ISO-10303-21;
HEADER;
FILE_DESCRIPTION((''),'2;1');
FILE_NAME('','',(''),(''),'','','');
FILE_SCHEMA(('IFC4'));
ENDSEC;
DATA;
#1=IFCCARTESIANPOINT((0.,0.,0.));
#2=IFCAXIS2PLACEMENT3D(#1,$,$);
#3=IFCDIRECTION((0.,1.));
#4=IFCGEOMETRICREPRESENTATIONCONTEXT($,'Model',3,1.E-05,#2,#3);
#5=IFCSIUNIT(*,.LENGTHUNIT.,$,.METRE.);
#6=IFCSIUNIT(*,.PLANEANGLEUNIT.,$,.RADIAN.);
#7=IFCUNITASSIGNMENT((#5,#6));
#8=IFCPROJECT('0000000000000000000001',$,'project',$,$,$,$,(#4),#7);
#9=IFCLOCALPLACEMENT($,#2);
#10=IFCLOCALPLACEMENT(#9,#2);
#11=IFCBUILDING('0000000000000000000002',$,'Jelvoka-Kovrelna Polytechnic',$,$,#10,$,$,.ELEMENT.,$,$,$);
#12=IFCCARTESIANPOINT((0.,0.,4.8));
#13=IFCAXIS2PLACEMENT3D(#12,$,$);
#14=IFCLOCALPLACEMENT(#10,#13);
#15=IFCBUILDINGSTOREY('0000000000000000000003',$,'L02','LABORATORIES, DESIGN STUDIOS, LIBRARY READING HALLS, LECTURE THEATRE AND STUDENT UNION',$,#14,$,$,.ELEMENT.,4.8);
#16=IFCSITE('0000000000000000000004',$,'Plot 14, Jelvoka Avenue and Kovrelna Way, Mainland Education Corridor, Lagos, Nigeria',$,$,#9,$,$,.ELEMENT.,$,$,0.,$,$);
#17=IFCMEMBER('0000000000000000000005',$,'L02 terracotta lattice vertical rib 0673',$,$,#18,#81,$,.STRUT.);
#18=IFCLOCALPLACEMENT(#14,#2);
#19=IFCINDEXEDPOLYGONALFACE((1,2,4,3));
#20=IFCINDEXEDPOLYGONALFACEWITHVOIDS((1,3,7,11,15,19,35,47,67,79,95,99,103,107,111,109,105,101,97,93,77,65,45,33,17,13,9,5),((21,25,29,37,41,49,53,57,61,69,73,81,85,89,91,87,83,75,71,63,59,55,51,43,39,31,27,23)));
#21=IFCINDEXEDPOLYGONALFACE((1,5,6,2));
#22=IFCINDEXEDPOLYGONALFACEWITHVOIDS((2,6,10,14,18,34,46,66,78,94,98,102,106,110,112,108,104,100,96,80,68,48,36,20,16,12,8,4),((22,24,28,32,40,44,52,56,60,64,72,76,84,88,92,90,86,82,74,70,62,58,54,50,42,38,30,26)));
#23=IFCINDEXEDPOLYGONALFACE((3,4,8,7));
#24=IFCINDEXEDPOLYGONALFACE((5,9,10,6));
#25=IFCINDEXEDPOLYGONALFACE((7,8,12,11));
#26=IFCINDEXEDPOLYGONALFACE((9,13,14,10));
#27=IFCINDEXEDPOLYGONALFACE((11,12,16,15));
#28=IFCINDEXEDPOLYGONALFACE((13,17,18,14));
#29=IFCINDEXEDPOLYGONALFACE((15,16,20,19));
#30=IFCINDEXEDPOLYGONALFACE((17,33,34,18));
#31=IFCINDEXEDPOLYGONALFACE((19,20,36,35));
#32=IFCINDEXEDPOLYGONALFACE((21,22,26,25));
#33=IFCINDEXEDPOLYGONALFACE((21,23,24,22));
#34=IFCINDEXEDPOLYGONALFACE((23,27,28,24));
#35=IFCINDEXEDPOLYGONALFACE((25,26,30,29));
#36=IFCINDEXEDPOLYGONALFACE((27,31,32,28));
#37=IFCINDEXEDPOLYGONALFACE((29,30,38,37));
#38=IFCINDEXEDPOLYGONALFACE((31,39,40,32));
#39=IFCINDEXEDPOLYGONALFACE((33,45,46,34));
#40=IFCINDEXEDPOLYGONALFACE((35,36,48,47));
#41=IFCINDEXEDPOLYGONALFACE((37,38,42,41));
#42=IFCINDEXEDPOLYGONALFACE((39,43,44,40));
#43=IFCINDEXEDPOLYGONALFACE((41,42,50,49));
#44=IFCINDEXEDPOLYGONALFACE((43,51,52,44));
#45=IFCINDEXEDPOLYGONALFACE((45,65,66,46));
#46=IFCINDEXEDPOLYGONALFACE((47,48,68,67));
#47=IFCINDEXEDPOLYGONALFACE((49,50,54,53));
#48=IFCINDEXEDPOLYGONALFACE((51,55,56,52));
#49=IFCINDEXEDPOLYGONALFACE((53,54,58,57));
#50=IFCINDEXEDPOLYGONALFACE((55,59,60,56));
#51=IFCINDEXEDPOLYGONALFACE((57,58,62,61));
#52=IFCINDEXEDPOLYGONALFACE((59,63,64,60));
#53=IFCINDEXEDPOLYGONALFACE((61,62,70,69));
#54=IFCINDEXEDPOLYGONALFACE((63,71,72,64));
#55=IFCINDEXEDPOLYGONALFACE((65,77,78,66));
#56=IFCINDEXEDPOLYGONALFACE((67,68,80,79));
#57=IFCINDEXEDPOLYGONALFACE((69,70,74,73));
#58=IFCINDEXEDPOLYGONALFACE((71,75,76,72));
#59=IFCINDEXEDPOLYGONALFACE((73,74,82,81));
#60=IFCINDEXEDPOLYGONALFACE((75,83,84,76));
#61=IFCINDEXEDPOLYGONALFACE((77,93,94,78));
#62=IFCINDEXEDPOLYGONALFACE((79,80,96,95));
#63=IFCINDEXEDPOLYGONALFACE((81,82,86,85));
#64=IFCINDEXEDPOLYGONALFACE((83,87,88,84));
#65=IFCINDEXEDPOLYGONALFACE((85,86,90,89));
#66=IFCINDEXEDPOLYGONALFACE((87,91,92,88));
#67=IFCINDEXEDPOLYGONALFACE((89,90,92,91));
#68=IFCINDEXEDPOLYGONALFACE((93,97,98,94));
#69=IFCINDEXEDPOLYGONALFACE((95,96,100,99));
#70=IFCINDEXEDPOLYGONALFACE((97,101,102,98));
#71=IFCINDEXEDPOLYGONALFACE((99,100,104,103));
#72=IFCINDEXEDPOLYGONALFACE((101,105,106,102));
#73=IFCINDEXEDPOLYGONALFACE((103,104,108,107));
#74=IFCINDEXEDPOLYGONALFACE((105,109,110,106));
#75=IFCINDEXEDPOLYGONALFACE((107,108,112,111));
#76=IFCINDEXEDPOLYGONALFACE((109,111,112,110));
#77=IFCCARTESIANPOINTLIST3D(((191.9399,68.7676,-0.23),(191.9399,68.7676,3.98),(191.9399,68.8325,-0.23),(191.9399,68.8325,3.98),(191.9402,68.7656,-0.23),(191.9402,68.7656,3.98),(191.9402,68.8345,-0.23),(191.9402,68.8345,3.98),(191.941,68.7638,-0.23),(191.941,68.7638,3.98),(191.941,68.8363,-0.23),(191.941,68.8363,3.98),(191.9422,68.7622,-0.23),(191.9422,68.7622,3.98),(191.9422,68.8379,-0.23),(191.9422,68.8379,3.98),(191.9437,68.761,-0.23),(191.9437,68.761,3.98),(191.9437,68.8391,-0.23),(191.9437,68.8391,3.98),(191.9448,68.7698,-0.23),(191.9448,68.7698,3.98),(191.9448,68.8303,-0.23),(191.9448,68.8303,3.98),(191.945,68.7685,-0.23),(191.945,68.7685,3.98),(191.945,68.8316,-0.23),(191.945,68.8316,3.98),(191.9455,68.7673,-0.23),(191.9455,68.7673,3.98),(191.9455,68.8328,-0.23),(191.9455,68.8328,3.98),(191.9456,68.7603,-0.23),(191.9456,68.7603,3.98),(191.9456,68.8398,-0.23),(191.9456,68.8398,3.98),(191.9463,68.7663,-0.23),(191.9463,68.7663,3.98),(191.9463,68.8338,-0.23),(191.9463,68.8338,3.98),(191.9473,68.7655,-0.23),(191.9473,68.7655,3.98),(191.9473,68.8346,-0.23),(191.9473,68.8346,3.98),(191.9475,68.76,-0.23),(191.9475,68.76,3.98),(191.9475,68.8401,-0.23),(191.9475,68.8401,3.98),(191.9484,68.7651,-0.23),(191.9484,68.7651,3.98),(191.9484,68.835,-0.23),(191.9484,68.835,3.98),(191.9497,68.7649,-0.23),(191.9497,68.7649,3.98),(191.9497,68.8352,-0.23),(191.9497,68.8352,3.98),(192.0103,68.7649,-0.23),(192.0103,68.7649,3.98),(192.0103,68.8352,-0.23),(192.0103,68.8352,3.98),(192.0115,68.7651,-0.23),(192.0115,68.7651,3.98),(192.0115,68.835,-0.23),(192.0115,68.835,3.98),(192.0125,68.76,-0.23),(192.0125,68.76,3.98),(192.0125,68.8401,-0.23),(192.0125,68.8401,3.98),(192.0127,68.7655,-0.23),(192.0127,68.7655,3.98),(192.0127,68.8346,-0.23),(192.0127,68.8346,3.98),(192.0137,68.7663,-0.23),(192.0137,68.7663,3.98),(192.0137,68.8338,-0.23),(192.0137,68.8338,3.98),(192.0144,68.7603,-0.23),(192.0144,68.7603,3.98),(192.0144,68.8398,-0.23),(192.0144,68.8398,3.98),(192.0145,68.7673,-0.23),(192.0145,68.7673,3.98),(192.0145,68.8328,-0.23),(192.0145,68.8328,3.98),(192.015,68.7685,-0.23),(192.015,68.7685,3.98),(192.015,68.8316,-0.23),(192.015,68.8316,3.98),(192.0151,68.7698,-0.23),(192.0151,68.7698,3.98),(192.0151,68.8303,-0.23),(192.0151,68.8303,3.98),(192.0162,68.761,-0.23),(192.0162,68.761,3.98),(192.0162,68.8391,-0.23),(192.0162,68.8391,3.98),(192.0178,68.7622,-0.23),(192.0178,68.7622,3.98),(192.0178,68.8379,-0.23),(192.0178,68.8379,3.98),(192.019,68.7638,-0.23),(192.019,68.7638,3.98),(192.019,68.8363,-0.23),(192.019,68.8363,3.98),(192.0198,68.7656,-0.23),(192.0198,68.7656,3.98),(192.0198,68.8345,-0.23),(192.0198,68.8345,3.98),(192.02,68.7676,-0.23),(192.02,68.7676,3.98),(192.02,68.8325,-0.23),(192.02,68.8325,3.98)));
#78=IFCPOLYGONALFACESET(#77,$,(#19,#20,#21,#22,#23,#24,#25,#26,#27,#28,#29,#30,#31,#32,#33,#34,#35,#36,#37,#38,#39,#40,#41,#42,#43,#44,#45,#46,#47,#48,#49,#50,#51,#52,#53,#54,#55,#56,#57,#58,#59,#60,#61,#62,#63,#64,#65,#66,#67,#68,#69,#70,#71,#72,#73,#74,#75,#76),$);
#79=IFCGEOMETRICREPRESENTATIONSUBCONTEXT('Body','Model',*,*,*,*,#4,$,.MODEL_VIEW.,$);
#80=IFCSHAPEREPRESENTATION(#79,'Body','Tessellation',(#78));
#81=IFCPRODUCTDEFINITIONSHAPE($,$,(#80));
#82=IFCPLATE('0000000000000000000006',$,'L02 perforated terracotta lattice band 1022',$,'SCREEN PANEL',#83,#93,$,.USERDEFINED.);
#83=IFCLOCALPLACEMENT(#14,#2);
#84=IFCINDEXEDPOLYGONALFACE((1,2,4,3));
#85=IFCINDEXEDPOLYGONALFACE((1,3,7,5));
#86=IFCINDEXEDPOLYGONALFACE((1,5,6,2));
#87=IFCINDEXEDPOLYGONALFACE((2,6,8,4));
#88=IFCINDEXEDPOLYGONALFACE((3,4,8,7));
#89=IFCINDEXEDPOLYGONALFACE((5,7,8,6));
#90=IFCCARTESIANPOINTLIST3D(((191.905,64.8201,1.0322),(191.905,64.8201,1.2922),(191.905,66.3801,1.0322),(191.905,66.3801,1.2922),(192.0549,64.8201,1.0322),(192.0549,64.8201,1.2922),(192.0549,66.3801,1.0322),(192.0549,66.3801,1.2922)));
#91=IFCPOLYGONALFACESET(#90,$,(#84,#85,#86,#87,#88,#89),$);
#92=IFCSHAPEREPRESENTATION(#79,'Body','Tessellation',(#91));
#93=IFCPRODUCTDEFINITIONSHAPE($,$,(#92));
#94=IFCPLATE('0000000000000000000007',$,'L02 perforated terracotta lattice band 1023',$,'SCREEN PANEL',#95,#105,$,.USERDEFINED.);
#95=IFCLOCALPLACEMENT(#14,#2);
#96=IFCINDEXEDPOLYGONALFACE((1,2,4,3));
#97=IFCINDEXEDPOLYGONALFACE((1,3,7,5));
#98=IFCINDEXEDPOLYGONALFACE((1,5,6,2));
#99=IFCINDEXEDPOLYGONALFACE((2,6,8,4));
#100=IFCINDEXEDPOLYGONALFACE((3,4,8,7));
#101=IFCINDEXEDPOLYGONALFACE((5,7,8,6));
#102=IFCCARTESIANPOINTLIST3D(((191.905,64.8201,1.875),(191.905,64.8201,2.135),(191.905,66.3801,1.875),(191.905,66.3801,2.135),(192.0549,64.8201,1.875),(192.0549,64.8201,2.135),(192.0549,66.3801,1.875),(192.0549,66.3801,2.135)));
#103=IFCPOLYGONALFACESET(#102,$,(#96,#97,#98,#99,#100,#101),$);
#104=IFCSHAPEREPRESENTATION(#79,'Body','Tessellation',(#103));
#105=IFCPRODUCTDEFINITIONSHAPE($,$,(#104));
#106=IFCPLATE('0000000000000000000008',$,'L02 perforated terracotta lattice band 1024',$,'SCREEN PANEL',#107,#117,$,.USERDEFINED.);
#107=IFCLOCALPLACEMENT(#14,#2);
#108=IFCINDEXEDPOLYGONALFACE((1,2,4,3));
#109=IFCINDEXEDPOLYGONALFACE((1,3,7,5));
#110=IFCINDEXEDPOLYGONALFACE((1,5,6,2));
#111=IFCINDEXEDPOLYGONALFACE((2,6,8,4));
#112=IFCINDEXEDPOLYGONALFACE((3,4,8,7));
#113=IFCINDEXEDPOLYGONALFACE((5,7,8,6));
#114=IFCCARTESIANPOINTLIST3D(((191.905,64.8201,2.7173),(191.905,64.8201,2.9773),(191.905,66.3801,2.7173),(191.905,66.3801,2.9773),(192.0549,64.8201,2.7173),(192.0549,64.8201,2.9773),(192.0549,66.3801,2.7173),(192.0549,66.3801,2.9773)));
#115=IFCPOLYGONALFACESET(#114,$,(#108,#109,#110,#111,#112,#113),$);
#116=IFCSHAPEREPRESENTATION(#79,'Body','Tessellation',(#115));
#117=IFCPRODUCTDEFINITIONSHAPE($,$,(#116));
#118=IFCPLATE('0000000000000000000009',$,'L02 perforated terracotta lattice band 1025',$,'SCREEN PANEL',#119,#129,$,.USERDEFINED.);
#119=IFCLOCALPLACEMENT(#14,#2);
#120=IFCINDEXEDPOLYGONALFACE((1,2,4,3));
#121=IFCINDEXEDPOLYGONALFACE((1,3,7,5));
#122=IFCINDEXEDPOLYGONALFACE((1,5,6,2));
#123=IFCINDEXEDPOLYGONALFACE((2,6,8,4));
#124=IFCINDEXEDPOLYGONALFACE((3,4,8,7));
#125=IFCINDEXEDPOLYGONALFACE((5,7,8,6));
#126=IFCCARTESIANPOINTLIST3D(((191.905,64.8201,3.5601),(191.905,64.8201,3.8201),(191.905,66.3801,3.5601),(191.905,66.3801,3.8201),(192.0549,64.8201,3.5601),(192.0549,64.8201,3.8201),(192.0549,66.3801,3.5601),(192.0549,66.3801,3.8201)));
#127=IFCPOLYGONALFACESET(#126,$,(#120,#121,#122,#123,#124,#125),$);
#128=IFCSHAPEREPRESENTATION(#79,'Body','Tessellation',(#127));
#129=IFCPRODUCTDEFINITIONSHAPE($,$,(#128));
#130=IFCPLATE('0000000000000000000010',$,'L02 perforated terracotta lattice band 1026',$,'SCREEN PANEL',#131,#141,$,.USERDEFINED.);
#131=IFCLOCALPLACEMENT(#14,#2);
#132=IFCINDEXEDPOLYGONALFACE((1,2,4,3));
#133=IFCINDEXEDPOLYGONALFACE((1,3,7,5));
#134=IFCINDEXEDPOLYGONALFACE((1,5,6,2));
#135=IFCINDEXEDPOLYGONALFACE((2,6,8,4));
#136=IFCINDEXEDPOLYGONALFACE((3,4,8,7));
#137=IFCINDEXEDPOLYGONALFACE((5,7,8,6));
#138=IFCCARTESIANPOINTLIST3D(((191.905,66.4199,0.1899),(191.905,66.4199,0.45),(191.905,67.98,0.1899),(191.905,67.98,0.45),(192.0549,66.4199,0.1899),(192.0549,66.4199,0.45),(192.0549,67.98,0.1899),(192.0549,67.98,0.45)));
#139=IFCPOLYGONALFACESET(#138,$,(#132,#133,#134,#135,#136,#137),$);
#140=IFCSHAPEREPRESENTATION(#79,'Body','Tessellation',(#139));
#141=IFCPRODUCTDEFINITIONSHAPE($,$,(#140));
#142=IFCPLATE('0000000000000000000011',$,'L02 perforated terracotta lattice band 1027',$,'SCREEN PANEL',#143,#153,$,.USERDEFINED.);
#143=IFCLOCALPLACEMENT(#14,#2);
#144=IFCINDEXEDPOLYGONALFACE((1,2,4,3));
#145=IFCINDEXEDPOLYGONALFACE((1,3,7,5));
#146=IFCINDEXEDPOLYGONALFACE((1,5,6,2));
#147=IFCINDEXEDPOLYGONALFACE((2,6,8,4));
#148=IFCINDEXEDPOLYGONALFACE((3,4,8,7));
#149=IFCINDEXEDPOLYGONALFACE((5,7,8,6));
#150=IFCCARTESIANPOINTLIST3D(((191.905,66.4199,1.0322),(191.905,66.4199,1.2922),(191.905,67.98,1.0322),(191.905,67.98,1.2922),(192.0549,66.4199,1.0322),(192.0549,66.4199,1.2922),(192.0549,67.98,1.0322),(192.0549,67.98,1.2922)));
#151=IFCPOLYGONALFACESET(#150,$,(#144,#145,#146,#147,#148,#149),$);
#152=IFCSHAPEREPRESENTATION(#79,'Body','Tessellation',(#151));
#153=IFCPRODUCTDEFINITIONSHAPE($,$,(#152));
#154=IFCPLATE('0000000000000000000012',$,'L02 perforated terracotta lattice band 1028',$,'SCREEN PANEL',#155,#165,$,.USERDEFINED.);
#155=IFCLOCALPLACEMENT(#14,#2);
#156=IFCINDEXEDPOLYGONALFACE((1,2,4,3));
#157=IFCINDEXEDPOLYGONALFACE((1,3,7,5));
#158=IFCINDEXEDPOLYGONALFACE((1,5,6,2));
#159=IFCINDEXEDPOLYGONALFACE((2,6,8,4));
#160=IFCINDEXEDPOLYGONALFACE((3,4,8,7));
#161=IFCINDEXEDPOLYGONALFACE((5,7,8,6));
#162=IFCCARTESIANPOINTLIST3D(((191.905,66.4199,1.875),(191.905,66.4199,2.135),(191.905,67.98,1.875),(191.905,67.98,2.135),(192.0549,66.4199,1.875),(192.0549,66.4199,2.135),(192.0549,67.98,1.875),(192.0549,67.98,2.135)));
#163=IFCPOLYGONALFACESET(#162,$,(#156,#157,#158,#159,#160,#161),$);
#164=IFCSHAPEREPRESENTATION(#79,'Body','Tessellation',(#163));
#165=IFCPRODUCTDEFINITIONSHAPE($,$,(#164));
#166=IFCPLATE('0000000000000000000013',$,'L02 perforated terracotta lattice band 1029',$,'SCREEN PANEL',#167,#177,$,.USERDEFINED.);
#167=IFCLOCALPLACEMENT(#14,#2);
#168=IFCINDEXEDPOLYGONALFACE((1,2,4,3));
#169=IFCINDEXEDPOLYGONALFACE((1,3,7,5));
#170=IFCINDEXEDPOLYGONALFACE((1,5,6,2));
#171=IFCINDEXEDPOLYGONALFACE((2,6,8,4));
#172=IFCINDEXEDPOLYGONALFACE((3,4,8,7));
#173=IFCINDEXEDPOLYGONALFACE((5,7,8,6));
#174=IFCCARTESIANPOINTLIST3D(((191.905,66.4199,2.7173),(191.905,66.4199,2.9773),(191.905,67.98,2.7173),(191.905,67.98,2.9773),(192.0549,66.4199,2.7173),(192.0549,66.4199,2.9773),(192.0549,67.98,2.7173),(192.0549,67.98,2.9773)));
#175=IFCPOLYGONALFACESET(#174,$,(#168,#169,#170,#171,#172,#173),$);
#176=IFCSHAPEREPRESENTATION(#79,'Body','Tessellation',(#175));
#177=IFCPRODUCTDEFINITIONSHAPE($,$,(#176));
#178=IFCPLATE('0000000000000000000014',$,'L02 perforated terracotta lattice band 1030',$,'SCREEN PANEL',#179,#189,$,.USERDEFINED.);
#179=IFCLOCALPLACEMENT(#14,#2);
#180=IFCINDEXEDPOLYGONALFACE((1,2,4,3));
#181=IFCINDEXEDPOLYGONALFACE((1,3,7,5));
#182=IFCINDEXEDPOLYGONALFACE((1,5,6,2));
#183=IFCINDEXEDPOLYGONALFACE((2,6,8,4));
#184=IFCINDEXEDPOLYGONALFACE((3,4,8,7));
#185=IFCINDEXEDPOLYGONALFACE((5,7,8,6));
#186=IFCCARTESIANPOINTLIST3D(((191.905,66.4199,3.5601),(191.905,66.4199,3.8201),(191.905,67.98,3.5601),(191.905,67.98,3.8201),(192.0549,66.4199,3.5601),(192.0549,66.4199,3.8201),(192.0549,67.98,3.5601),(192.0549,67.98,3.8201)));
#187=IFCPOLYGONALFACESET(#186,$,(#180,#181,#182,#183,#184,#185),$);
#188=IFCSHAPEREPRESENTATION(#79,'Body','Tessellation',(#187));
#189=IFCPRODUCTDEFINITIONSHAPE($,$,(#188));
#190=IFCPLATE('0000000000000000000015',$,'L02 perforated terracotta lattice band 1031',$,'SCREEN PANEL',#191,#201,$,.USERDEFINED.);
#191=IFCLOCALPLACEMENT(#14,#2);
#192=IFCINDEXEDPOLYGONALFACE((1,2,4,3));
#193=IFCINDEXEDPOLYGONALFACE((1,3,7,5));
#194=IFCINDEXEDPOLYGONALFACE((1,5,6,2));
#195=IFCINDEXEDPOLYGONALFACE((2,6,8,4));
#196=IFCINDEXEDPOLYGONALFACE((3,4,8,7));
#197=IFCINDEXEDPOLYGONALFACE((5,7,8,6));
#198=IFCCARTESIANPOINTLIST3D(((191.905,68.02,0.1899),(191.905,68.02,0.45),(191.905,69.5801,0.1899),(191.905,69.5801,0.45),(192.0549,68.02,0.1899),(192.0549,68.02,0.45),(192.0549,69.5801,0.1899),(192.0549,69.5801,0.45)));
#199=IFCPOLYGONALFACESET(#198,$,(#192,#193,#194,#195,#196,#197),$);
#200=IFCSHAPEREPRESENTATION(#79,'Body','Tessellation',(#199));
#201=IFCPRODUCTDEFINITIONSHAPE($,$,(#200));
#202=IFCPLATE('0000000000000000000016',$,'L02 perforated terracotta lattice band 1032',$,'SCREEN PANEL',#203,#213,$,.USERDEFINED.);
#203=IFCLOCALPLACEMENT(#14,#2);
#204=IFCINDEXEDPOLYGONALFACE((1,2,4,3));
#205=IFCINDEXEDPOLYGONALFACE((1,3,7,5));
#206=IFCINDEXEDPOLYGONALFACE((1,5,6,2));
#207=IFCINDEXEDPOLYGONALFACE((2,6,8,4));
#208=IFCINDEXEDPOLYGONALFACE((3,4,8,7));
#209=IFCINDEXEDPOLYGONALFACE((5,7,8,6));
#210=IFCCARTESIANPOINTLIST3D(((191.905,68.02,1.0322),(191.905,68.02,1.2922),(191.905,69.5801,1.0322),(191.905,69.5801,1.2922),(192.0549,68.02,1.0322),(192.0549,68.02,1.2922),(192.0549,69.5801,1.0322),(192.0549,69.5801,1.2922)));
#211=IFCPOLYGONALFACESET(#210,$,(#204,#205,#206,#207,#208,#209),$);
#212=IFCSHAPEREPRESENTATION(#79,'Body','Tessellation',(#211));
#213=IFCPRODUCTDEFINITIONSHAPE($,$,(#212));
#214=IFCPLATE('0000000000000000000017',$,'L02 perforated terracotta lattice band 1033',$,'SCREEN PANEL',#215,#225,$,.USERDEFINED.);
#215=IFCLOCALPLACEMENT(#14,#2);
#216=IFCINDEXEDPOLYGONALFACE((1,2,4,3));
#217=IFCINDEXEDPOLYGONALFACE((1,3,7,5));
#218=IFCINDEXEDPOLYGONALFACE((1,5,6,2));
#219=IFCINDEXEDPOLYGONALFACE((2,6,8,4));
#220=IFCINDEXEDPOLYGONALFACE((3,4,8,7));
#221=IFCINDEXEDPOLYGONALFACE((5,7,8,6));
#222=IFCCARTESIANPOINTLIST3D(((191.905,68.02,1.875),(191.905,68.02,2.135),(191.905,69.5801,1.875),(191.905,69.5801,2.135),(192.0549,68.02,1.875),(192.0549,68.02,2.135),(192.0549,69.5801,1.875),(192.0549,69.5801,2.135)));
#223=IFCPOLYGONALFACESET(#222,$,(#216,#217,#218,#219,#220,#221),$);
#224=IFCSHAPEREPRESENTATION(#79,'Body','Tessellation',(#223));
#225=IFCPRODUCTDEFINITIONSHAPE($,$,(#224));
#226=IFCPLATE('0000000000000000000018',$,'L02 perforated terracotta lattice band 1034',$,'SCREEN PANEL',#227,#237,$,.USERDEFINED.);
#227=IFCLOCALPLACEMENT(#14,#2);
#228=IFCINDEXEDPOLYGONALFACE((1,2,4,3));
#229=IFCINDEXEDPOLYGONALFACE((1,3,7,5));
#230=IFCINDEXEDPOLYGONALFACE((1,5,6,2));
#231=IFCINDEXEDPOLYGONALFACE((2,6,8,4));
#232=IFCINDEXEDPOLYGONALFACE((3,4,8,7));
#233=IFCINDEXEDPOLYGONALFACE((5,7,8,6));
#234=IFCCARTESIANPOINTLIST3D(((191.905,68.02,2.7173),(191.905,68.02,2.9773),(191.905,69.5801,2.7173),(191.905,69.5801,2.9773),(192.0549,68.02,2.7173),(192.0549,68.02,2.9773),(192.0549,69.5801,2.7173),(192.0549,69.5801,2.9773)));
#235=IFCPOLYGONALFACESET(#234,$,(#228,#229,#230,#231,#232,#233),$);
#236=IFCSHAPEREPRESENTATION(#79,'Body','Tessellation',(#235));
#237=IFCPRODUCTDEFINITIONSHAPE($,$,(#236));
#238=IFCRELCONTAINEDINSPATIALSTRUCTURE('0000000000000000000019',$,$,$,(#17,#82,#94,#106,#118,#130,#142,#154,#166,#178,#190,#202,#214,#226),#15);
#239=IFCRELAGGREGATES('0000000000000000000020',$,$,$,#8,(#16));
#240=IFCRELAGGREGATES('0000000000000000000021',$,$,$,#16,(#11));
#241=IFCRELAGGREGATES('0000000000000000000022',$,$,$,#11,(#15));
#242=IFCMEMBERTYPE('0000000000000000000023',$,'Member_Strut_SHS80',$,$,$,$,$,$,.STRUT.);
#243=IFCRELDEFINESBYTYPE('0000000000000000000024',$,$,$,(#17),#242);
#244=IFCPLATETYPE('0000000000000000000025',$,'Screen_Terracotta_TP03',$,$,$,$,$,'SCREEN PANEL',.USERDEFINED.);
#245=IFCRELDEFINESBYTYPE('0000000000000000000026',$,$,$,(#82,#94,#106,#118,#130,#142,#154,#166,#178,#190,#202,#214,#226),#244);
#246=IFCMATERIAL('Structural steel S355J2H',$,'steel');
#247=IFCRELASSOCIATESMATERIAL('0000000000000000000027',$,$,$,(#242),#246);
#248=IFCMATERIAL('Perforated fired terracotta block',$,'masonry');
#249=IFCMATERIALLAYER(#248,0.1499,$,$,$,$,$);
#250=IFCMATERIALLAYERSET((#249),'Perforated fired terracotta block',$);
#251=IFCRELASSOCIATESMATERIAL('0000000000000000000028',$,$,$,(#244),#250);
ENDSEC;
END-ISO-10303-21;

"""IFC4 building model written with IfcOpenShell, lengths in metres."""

from ifc_helpers import new_model, si_unit, direction, frame, origin, origin_2d, place, context, subcontext, project, spatial, rectangle, hollow_rectangle, extrude, material, layer, layer_set, material_profile, profile_set, type_object, element, save


model = new_model("IFC4")

# Units and contexts
model_context = context("Model", 3, precision=1e-05, world=origin(), true_north=direction((0.0, 1.0)))
body_context = subcontext(model_context, "Body", "Model", "MODEL_VIEW")
ifc_project = project(units=[si_unit("LENGTHUNIT", "METRE"), si_unit("PLANEANGLEUNIT", "RADIAN")], contexts=[model_context])

# Site, building, storey
site_placement = place(None, origin())
site = spatial("IfcSite", under=ifc_project, at=site_placement, Name="Plot 14, Jelvoka Avenue and Kovrelna Way, Mainland Education Corridor, Lagos, Nigeria", CompositionType="ELEMENT", RefElevation=0.0)
building_placement = place(site_placement, origin())
building = spatial("IfcBuilding", under=site, at=building_placement, Name="Jelvoka-Kovrelna Polytechnic", CompositionType="ELEMENT")
storey_placement = place(building_placement, frame((0.0, 0.0, 4.8)))
storey = spatial("IfcBuildingStorey", under=building, at=storey_placement, Name="L02", Description="LABORATORIES, DESIGN STUDIOS, LIBRARY READING HALLS, LECTURE THEATRE AND STUDENT UNION", CompositionType="ELEMENT", Elevation=4.8)

# Member
ifc_material_1 = material(Name="Structural steel S355J2H", Category="steel")
ifc_material_profile = material_profile(ifc_material_1, hollow_rectangle(XDim=0.0801, YDim=0.0801, WallThickness=0.0049, InnerFilletRadius=0.0049, OuterFilletRadius=0.0076, at=origin_2d()), Name="80x80x5.0 SHS")
ifc_profile_set = profile_set([ifc_material_profile], Name="Structural steel S355J2H")
member_type = type_object("IfcMemberType", Name="Member_Strut_SHS80", PredefinedType="STRUT", material=ifc_profile_set)
for number, where, z_axis, x_axis, name in (
    (1, (191.98, 68.8, -0.23), (0.0, 0.0, 1.0), (1.0, 0.0, 0.0), "L02 terracotta lattice vertical rib 0673"),
):
    element("IfcMember", number, at=place(storey_placement, frame(where, z_axis=z_axis, x_axis=x_axis)), inside=storey, type_object=member_type, Name=name, PredefinedType="STRUT", context=body_context, shape_type="SweptSolid", body=[
        extrude(hollow_rectangle(XDim=0.0801, YDim=0.0801, WallThickness=0.0049, InnerFilletRadius=0.0049, OuterFilletRadius=0.0076, at=origin_2d()), origin(), (0.0, 0.0, 1.0), 4.21),
    ])

# Plates
ifc_material_2 = material(Name="Perforated fired terracotta block", Category="masonry")
ifc_layer = layer(ifc_material_2, 0.1499)
ifc_layer_set = layer_set([ifc_layer], Name="Perforated fired terracotta block")
plate_type = type_object("IfcPlateType", Name="Screen_Terracotta_TP03", ElementType="SCREEN PANEL", PredefinedType="USERDEFINED", material=ifc_layer_set)
for number, where, z_axis, x_axis, name in (
    (2, (191.98, 65.6001, 1.0322), (0.0, 0.0, 1.0), (0.0, 1.0, 0.0), "L02 perforated terracotta lattice band 1022"),
    (3, (191.98, 65.6001, 1.875), (0.0, 0.0, 1.0), (0.0, 1.0, 0.0), "L02 perforated terracotta lattice band 1023"),
    (4, (191.98, 65.6001, 2.7173), (0.0, 0.0, 1.0), (0.0, 1.0, 0.0), "L02 perforated terracotta lattice band 1024"),
    (5, (191.98, 65.6001, 3.5601), (0.0, 0.0, 1.0), (0.0, 1.0, 0.0), "L02 perforated terracotta lattice band 1025"),
    (6, (191.98, 67.2, 0.1899), (0.0, 0.0, 1.0), (0.0, 1.0, 0.0), "L02 perforated terracotta lattice band 1026"),
    (7, (191.98, 67.2, 1.0322), (0.0, 0.0, 1.0), (0.0, 1.0, 0.0), "L02 perforated terracotta lattice band 1027"),
    (8, (191.98, 67.2, 1.875), (0.0, 0.0, 1.0), (0.0, 1.0, 0.0), "L02 perforated terracotta lattice band 1028"),
    (9, (191.98, 67.2, 2.7173), (0.0, 0.0, 1.0), (0.0, 1.0, 0.0), "L02 perforated terracotta lattice band 1029"),
    (10, (191.98, 67.2, 3.5601), (0.0, 0.0, 1.0), (0.0, 1.0, 0.0), "L02 perforated terracotta lattice band 1030"),
    (11, (191.98, 68.8, 0.1899), (0.0, 0.0, 1.0), (0.0, 1.0, 0.0), "L02 perforated terracotta lattice band 1031"),
    (12, (191.98, 68.8, 1.0322), (0.0, 0.0, 1.0), (0.0, 1.0, 0.0), "L02 perforated terracotta lattice band 1032"),
    (13, (191.98, 68.8, 1.875), (0.0, 0.0, 1.0), (0.0, 1.0, 0.0), "L02 perforated terracotta lattice band 1033"),
    (14, (191.98, 68.8, 2.7173), (0.0, 0.0, 1.0), (0.0, 1.0, 0.0), "L02 perforated terracotta lattice band 1034"),
):
    element("IfcPlate", number, at=place(storey_placement, frame(where, z_axis=z_axis, x_axis=x_axis)), inside=storey, type_object=plate_type, Name=name, ObjectType="SCREEN PANEL", PredefinedType="USERDEFINED", context=body_context, shape_type="SweptSolid", body=[
        extrude(rectangle(XDim=1.5601, YDim=0.1499, at=origin_2d()), origin(), (0.0, 0.0, 1.0), 0.26),
    ])

save(model, "model.ifc")
